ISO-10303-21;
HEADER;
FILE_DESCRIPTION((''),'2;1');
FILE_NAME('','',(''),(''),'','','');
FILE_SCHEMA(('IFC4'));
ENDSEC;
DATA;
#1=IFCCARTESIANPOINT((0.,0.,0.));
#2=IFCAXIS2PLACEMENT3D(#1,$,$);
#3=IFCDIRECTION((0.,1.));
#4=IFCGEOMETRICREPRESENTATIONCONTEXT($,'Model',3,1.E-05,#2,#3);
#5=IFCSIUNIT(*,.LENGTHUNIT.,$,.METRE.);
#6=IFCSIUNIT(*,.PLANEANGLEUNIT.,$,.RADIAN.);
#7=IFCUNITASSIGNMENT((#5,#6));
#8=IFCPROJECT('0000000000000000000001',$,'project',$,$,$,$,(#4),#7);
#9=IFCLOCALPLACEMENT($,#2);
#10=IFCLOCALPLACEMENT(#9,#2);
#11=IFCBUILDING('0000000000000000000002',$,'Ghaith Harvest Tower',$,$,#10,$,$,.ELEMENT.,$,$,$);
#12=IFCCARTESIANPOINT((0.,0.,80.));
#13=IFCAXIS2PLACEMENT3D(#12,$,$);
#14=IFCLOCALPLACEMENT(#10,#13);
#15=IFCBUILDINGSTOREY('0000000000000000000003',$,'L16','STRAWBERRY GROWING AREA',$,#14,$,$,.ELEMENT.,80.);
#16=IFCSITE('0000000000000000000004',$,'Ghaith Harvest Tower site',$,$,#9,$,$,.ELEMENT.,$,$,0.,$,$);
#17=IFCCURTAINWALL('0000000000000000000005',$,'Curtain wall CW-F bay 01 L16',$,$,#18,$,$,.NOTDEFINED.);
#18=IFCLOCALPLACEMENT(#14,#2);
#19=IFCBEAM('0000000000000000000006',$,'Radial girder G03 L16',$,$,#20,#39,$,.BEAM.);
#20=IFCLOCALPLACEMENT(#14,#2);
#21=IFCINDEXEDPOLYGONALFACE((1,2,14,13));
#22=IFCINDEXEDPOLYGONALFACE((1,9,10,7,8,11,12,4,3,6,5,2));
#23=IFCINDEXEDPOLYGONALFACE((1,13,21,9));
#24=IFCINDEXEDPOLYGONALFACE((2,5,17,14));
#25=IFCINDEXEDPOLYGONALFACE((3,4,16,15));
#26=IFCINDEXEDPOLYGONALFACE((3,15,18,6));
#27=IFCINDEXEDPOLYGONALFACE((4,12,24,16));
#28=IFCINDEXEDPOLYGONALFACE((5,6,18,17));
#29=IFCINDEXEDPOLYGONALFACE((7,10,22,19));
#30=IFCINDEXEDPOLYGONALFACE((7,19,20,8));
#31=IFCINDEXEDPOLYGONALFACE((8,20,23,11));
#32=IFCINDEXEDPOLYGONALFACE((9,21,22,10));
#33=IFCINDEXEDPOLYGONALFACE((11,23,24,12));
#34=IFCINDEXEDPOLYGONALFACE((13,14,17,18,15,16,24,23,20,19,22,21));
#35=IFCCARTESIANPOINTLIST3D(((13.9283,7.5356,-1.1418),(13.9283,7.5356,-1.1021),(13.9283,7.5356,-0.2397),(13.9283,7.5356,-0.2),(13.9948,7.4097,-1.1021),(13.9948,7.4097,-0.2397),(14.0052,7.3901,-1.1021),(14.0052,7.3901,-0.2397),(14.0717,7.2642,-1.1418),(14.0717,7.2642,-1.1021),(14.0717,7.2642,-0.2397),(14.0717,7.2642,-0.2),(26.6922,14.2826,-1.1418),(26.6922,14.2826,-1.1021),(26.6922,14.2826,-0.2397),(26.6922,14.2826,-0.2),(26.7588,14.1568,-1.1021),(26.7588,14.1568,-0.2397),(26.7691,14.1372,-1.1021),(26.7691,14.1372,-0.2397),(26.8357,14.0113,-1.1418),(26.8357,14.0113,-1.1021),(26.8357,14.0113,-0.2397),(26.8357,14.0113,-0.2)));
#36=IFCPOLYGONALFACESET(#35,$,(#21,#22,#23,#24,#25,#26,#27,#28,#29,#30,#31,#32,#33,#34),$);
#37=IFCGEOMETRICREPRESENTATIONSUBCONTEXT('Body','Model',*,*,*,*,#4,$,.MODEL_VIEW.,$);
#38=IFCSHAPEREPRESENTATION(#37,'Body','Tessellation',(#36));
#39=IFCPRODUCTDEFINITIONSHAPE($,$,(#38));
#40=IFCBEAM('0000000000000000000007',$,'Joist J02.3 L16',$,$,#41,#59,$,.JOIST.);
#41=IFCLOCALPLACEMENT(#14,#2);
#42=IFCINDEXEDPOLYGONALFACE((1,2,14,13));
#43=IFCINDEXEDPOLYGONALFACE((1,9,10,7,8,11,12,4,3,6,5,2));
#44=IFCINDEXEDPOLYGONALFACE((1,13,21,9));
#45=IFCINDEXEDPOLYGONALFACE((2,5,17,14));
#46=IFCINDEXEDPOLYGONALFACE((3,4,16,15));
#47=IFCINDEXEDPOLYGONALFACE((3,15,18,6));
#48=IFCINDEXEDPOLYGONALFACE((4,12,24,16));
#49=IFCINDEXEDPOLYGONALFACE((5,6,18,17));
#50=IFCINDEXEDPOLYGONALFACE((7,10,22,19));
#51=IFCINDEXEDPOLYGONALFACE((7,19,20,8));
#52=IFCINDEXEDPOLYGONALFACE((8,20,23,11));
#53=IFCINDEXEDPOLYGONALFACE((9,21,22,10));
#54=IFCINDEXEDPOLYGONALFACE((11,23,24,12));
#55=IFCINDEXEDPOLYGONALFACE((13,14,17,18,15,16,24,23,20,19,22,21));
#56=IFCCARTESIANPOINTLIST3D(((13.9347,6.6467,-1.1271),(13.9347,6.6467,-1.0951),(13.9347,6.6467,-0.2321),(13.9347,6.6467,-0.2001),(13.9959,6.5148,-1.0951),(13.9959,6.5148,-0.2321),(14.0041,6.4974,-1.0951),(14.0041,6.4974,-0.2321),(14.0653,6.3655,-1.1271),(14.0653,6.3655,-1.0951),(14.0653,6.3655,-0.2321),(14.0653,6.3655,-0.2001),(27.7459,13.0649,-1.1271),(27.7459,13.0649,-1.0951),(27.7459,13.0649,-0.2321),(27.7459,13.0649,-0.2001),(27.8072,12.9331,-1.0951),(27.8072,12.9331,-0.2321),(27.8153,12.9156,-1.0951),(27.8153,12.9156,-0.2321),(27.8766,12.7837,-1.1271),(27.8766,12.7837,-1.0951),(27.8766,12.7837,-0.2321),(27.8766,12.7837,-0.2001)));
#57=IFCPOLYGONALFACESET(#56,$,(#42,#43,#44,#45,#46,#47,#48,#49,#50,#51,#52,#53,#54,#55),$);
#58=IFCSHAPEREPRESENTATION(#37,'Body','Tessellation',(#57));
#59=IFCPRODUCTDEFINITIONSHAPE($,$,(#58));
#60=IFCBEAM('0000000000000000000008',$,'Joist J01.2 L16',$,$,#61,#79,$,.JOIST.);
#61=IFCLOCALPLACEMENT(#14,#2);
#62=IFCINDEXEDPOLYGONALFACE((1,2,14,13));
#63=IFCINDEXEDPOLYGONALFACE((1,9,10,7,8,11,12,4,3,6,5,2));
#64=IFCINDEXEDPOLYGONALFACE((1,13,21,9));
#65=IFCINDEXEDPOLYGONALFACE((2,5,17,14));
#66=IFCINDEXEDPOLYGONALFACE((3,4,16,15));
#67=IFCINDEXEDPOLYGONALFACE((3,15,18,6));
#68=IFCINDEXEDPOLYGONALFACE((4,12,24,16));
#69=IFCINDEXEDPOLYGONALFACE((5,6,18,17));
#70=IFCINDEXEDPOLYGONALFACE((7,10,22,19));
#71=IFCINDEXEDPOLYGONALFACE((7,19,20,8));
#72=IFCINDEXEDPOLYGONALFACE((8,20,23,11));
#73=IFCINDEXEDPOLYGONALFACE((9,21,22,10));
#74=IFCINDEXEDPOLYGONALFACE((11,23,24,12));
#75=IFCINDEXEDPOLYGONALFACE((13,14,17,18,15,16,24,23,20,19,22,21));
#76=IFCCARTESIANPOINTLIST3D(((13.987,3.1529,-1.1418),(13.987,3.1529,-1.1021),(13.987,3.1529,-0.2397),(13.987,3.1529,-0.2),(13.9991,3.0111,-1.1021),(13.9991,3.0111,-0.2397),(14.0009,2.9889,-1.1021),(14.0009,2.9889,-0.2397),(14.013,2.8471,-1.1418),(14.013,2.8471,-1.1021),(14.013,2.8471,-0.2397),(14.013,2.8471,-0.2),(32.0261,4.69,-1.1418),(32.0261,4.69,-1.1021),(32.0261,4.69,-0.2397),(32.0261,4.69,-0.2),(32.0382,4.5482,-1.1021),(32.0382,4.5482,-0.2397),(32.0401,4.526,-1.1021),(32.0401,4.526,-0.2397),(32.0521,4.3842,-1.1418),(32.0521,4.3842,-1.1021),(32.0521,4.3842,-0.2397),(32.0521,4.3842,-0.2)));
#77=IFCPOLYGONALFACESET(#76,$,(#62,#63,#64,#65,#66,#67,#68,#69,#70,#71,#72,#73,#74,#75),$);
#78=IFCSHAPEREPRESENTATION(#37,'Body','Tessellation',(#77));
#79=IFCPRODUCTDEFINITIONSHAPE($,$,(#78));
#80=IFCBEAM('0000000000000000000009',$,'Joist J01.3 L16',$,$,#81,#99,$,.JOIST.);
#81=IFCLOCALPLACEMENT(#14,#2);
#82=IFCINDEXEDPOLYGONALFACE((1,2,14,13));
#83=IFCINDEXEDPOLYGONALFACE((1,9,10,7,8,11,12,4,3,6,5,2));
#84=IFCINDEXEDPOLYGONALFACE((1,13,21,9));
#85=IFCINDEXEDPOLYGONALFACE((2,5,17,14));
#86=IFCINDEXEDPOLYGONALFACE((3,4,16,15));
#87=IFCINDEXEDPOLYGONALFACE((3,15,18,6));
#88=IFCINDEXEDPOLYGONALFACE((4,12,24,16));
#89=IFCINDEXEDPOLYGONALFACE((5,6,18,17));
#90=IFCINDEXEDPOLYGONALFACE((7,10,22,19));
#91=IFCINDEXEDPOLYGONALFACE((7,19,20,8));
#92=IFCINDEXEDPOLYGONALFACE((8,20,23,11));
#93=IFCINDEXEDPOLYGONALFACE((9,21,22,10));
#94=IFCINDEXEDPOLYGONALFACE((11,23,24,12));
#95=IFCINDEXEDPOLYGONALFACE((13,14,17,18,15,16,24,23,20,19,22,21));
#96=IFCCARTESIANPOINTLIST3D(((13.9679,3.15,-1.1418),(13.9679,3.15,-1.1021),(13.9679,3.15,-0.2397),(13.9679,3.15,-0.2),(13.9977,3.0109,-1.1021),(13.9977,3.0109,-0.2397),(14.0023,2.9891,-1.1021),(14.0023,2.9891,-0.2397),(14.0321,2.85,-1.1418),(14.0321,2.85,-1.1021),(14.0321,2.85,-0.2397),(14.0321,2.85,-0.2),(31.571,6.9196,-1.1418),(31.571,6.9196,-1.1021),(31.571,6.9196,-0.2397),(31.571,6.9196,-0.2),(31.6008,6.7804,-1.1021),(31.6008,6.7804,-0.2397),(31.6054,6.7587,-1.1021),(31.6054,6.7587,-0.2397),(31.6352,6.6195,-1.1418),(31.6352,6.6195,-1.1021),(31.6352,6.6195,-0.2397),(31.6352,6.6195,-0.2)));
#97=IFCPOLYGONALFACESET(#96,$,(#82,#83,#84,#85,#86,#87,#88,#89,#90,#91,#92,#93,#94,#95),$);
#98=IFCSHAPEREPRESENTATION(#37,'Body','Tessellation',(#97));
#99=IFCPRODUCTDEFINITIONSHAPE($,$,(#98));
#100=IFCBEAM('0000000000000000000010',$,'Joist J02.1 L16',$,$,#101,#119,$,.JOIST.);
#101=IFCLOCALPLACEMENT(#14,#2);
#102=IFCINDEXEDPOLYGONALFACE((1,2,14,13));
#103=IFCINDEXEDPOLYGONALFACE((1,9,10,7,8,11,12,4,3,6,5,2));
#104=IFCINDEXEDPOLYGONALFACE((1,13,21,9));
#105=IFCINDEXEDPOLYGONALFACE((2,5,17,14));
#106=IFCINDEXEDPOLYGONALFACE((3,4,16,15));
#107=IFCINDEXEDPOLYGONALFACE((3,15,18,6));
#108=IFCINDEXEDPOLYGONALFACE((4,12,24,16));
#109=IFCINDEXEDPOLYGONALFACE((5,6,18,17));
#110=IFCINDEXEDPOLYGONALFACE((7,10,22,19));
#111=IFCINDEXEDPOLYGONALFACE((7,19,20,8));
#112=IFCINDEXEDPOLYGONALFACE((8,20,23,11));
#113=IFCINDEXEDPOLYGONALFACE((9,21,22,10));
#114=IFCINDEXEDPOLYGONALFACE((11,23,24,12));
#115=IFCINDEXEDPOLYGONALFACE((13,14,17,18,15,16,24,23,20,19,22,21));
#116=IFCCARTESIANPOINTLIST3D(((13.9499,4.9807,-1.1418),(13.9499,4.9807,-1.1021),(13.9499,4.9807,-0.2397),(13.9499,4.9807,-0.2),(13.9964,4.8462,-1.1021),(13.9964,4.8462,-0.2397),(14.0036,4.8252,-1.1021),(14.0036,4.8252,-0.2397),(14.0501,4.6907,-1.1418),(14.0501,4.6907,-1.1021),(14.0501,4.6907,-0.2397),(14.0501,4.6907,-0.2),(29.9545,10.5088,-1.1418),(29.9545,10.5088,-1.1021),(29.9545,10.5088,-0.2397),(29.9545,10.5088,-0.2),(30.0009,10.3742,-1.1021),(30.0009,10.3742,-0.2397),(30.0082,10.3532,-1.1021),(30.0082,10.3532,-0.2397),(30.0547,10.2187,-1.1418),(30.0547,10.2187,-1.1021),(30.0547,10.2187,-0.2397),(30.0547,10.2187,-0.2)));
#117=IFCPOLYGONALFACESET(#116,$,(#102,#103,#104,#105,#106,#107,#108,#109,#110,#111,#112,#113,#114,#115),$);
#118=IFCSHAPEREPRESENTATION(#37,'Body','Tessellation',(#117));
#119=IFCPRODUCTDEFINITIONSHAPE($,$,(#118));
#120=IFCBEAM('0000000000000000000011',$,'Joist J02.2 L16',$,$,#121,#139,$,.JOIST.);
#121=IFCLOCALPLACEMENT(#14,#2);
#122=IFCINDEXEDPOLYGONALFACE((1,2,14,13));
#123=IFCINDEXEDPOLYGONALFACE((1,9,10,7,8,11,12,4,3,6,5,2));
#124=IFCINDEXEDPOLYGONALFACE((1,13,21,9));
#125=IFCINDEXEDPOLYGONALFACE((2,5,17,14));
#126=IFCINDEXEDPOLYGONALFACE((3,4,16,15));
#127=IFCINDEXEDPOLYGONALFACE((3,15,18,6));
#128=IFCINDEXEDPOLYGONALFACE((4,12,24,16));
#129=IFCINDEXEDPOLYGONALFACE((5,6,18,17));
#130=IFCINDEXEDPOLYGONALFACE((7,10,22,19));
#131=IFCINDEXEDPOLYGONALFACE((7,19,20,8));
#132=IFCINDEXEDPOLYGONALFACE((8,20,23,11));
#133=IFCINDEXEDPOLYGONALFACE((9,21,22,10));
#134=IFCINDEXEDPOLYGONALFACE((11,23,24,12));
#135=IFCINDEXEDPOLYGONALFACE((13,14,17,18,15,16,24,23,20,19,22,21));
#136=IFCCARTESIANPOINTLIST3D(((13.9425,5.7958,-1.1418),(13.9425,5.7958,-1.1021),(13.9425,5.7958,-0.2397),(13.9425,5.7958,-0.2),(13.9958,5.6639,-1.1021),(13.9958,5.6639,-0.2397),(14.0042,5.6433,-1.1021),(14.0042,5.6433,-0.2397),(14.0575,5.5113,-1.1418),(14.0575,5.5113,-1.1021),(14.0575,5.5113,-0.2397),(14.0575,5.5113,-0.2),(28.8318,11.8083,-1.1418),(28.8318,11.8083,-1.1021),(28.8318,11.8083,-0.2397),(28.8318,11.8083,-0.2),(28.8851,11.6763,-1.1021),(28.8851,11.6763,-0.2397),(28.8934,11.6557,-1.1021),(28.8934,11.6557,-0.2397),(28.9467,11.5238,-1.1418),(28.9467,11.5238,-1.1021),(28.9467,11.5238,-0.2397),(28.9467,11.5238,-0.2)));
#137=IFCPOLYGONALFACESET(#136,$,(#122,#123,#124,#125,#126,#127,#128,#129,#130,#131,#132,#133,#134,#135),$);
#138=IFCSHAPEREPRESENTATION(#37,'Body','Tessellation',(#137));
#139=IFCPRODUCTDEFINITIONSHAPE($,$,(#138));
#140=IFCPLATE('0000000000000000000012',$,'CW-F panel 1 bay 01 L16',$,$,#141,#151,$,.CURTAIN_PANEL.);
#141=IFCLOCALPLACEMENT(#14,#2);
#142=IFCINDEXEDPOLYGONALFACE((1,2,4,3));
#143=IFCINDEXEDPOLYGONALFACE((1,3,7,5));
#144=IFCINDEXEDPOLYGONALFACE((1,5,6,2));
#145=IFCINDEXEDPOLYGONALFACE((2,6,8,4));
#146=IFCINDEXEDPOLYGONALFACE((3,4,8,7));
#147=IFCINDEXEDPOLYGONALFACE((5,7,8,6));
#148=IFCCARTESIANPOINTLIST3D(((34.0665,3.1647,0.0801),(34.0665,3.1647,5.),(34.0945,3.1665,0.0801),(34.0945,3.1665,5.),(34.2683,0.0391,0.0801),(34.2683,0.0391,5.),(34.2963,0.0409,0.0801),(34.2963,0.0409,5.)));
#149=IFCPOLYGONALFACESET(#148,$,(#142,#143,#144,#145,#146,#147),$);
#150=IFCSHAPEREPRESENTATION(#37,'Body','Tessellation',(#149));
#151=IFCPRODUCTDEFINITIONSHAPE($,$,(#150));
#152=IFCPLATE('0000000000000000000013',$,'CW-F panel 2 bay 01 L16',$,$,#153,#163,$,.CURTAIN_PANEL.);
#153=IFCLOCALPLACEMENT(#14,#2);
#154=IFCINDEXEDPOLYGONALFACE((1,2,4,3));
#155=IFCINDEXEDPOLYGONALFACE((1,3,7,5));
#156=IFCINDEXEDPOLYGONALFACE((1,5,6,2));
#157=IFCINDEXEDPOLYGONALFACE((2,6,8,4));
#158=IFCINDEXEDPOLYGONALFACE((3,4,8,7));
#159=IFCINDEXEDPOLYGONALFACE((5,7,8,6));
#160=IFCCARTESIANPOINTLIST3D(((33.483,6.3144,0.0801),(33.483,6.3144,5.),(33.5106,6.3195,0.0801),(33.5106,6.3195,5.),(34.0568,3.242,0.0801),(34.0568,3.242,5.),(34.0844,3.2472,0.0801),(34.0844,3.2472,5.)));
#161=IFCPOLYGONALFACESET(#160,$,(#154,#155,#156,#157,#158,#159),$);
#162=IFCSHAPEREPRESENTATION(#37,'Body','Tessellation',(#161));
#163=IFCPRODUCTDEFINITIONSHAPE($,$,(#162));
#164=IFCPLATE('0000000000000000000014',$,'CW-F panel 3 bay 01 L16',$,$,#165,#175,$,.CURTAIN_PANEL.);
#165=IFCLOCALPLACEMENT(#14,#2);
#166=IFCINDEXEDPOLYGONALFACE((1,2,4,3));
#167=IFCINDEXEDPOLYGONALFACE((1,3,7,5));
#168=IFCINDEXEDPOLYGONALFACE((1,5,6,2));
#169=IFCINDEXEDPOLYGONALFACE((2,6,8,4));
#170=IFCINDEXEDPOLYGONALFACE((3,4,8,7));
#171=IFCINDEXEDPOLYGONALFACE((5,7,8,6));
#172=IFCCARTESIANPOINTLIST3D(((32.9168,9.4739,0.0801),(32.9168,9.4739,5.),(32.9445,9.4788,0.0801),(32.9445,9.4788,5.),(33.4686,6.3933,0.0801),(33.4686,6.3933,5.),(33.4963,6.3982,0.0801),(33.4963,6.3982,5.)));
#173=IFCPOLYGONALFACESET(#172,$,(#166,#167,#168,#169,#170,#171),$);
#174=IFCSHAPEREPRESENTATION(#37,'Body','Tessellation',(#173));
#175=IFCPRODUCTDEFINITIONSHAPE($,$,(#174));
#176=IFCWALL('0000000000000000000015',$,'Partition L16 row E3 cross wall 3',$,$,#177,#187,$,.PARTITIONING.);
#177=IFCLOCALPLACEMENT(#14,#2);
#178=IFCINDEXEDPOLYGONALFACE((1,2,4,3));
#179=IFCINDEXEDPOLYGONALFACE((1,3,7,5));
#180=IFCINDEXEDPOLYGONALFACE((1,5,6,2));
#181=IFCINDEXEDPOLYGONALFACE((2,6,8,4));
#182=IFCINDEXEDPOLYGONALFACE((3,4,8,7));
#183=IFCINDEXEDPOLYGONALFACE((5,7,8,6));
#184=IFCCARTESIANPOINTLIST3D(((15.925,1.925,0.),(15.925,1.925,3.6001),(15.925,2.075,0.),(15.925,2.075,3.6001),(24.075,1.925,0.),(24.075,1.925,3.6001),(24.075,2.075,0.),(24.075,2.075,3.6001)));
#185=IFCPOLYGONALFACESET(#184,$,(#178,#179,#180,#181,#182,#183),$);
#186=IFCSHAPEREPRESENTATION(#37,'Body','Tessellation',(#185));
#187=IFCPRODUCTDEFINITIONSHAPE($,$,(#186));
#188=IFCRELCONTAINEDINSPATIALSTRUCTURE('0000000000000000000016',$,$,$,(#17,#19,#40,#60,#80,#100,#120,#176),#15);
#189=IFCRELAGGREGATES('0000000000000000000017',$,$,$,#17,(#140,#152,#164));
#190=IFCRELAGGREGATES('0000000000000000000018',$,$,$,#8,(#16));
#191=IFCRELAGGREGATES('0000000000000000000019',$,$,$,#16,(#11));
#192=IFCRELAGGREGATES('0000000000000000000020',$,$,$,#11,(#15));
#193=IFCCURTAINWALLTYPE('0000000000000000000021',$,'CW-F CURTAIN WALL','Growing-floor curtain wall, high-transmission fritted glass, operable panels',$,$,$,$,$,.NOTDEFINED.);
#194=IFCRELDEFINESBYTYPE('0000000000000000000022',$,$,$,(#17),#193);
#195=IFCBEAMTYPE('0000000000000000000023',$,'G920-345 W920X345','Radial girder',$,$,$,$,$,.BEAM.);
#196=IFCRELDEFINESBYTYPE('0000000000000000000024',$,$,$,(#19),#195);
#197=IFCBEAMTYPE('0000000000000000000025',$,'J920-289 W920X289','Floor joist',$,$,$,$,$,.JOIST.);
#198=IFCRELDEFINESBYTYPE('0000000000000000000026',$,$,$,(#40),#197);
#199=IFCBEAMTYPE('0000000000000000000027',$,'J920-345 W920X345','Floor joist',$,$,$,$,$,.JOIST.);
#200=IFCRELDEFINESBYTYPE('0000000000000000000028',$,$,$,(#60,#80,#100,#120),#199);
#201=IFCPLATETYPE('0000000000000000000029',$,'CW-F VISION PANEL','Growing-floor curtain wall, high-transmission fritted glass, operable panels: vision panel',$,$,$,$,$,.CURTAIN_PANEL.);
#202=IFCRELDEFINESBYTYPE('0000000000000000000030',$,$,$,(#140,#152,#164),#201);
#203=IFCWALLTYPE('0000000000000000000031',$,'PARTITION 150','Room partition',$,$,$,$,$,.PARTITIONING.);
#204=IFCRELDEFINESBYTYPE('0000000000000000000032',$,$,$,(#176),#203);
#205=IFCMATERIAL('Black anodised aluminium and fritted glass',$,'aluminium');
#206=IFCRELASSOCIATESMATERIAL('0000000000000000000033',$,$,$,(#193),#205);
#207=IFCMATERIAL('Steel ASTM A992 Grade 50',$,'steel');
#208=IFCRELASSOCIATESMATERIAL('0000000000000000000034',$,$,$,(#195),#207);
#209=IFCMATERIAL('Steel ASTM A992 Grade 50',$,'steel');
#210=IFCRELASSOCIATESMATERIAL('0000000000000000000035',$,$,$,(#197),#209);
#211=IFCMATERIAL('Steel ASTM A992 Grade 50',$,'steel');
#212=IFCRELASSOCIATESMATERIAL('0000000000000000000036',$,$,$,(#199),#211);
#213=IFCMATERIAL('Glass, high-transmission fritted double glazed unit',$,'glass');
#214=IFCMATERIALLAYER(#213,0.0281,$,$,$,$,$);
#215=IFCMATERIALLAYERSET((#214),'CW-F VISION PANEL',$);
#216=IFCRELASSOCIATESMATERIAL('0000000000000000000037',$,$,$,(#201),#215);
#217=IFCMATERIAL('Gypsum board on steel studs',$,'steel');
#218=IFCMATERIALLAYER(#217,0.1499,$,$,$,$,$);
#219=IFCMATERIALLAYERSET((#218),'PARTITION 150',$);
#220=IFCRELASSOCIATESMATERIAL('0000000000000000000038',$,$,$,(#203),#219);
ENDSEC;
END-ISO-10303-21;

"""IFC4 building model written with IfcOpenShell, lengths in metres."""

from ifc_helpers import new_model, si_unit, direction, frame, frame_2d, origin, origin_2d, place, context, subcontext, project, spatial, rectangle, i_section, extrude, material, layer, layer_set, material_profile, profile_set, type_object, element, aggregate, save


model = new_model("IFC4")

# Units and contexts
model_context = context("Model", 3, precision=1e-05, world=origin(), true_north=direction((0.0, 1.0)))
body_context = subcontext(model_context, "Body", "Model", "MODEL_VIEW")
ifc_project = project(units=[si_unit("LENGTHUNIT", "METRE"), si_unit("PLANEANGLEUNIT", "RADIAN")], contexts=[model_context])

# Site, building, storey
site_placement = place(None, origin())
site = spatial("IfcSite", under=ifc_project, at=site_placement, Name="Ghaith Harvest Tower site", CompositionType="ELEMENT", RefElevation=0.0)
building_placement = place(site_placement, origin())
building = spatial("IfcBuilding", under=site, at=building_placement, Name="Ghaith Harvest Tower", CompositionType="ELEMENT")
storey_placement = place(building_placement, frame((0.0, 0.0, 80.0)))
storey = spatial("IfcBuildingStorey", under=building, at=storey_placement, Name="L16", Description="STRAWBERRY GROWING AREA", CompositionType="ELEMENT", Elevation=80.0)

# Curtain wall
ifc_material_1 = material(Name="Black anodised aluminium and fritted glass", Category="aluminium")
curtain_wall_type = type_object("IfcCurtainWallType", Name="CW-F CURTAIN WALL", Description="Growing-floor curtain wall, high-transmission fritted glass, operable panels", PredefinedType="NOTDEFINED", material=ifc_material_1)
curtain_wall_placement = place(storey_placement, origin())
curtain_wall = element("IfcCurtainWall", 1, at=curtain_wall_placement, inside=storey, type_object=curtain_wall_type, Name="Curtain wall CW-F bay 01 L16", PredefinedType="NOTDEFINED")

# Beams
ifc_material_2 = material(Name="Steel ASTM A992 Grade 50", Category="steel")
ifc_material_profile_1 = material_profile(ifc_material_2, i_section(OverallWidth=0.3069, OverallDepth=0.9419, WebThickness=0.0222, FlangeThickness=0.0398, at=origin_2d()), Name="W920X345")
ifc_profile_set_1 = profile_set([ifc_material_profile_1], Name="Steel ASTM A992 Grade 50")
beam_type_1 = type_object("IfcBeamType", Name="G920-345 W920X345", Description="Radial girder", PredefinedType="BEAM", material=ifc_profile_set_1)
beam_1_placement = place(storey_placement, frame((14.0, 7.3999, -0.6709), z_axis=(0.884083, 0.467331, 0.0), x_axis=(-0.467331, 0.884083, 0.0)))
element("IfcBeam", 2, at=beam_1_placement, inside=storey, type_object=beam_type_1, Name="Radial girder G03 L16", PredefinedType="BEAM", context=body_context, shape_type="SweptSolid", body=[
    extrude(i_section(OverallWidth=0.3069, OverallDepth=0.9419, WebThickness=0.0222, FlangeThickness=0.0398, at=origin_2d()), origin(), (0.0, 0.0, 1.0), 14.4375),
])
ifc_material_3 = material(Name="Steel ASTM A992 Grade 50", Category="steel")
ifc_material_profile_2 = material_profile(ifc_material_3, i_section(OverallWidth=0.3101, OverallDepth=0.927, WebThickness=0.0193, FlangeThickness=0.032, at=origin_2d()), Name="W920X289")
ifc_profile_set_2 = profile_set([ifc_material_profile_2], Name="Steel ASTM A992 Grade 50")
beam_type_2 = type_object("IfcBeamType", Name="J920-289 W920X289", Description="Floor joist", PredefinedType="JOIST", material=ifc_profile_set_2)
beam_2_placement = place(storey_placement, frame((14.0, 6.5061, -0.6636), z_axis=(0.906863, 0.421426, 0.0), x_axis=(-0.421426, 0.906863, 0.0)))
element("IfcBeam", 3, at=beam_2_placement, inside=storey, type_object=beam_type_2, Name="Joist J02.3 L16", PredefinedType="JOIST", context=body_context, shape_type="SweptSolid", body=[
    extrude(i_section(OverallWidth=0.3101, OverallDepth=0.927, WebThickness=0.0193, FlangeThickness=0.032, at=origin_2d()), origin(), (0.0, 0.0, 1.0), 15.2297),
])
ifc_material_4 = material(Name="Steel ASTM A992 Grade 50", Category="steel")
ifc_material_profile_3 = material_profile(ifc_material_4, i_section(OverallWidth=0.3069, OverallDepth=0.9419, WebThickness=0.0222, FlangeThickness=0.0398, at=origin_2d()), Name="W920X345")
ifc_profile_set_3 = profile_set([ifc_material_profile_3], Name="Steel ASTM A992 Grade 50")
beam_type_3 = type_object("IfcBeamType", Name="J920-345 W920X345", Description="Floor joist", PredefinedType="JOIST", material=ifc_profile_set_3)
beam_3_placement = place(storey_placement, frame((14.0, 3.0, -0.6709), z_axis=(0.996389, 0.084902, 0.0), x_axis=(-0.084902, 0.996389, 0.0)))
element("IfcBeam", 4, at=beam_3_placement, inside=storey, type_object=beam_type_3, Name="Joist J01.2 L16", PredefinedType="JOIST", context=body_context, shape_type="SweptSolid", body=[
    extrude(i_section(OverallWidth=0.3069, OverallDepth=0.9419, WebThickness=0.0222, FlangeThickness=0.0398, at=origin_2d()), origin(), (0.0, 0.0, 1.0), 18.1045),
])
beam_4_placement = place(storey_placement, frame((14.0, 3.0, -0.6709), z_axis=(0.977831, 0.209394, 0.0), x_axis=(-0.209394, 0.977831, 0.0)))
element("IfcBeam", 5, at=beam_4_placement, inside=storey, type_object=beam_type_3, Name="Joist J01.3 L16", PredefinedType="JOIST", context=body_context, shape_type="SweptSolid", body=[
    extrude(i_section(OverallWidth=0.3069, OverallDepth=0.9419, WebThickness=0.0222, FlangeThickness=0.0398, at=origin_2d()), origin(), (0.0, 0.0, 1.0), 18.0022),
])
beam_5_placement = place(storey_placement, frame((14.0, 4.8357, -0.6709), z_axis=(0.945205, 0.326478, 0.0), x_axis=(-0.326478, 0.945205, 0.0)))
element("IfcBeam", 6, at=beam_5_placement, inside=storey, type_object=beam_type_3, Name="Joist J02.1 L16", PredefinedType="JOIST", context=body_context, shape_type="SweptSolid", body=[
    extrude(i_section(OverallWidth=0.3069, OverallDepth=0.9419, WebThickness=0.0222, FlangeThickness=0.0398, at=origin_2d()), origin(), (0.0, 0.0, 1.0), 16.9324),
])
beam_6_placement = place(storey_placement, frame((14.0, 5.6536, -0.6709), z_axis=(0.927252, 0.374437, 0.0), x_axis=(-0.374437, 0.927252, 0.0)))
element("IfcBeam", 7, at=beam_6_placement, inside=storey, type_object=beam_type_3, Name="Joist J02.2 L16", PredefinedType="JOIST", context=body_context, shape_type="SweptSolid", body=[
    extrude(i_section(OverallWidth=0.3069, OverallDepth=0.9419, WebThickness=0.0222, FlangeThickness=0.0398, at=origin_2d()), origin(), (0.0, 0.0, 1.0), 16.0574),
])

# Plates
ifc_material_5 = material(Name="Glass, high-transmission fritted double glazed unit", Category="glass")
ifc_layer_1 = layer(ifc_material_5, 0.0281)
ifc_layer_set_1 = layer_set([ifc_layer_1], Name="CW-F VISION PANEL")
plate_type = type_object("IfcPlateType", Name="CW-F VISION PANEL", Description="Growing-floor curtain wall, high-transmission fritted glass, operable panels: vision panel", PredefinedType="CURTAIN_PANEL", material=ifc_layer_set_1)
plate_1_placement = place(storey_placement, frame((34.1814, 1.6028, 0.0801), z_axis=(0.0, 0.0, 1.0), x_axis=(-0.064446, 0.997921, 0.0)))
plate_1 = element("IfcPlate", 8, at=plate_1_placement, type_object=plate_type, Name="CW-F panel 1 bay 01 L16", PredefinedType="CURTAIN_PANEL", context=body_context, shape_type="SweptSolid", body=[
    extrude(rectangle(XDim=3.1321, YDim=0.0281, at=origin_2d()), origin(), (0.0, 0.0, 1.0), 4.9199),
])
plate_2_placement = place(storey_placement, frame((33.7837, 4.7808, 0.0801), z_axis=(0.0, 0.0, 1.0), x_axis=(-0.183569, 0.983007, 0.0)))
plate_2 = element("IfcPlate", 9, at=plate_2_placement, type_object=plate_type, Name="CW-F panel 2 bay 01 L16", PredefinedType="CURTAIN_PANEL", context=body_context, shape_type="SweptSolid", body=[
    extrude(rectangle(XDim=3.1255, YDim=0.0281, at=origin_2d()), origin(), (0.0, 0.0, 1.0), 4.9199),
])
plate_3_placement = place(storey_placement, frame((33.2065, 7.936, 0.0801), z_axis=(0.0, 0.0, 1.0), x_axis=(-0.17632, 0.984333, 0.0)))
plate_3 = element("IfcPlate", 10, at=plate_3_placement, type_object=plate_type, Name="CW-F panel 3 bay 01 L16", PredefinedType="CURTAIN_PANEL", context=body_context, shape_type="SweptSolid", body=[
    extrude(rectangle(XDim=3.1296, YDim=0.0281, at=origin_2d()), origin(), (0.0, 0.0, 1.0), 4.9199),
])
aggregate(curtain_wall, [plate_1, plate_2, plate_3])

# Wall
ifc_material_6 = material(Name="Gypsum board on steel studs", Category="steel")
ifc_layer_2 = layer(ifc_material_6, 0.1499)
ifc_layer_set_2 = layer_set([ifc_layer_2], Name="PARTITION 150")
wall_type_1 = type_object("IfcWallType", Name="PARTITION 150", Description="Room partition", PredefinedType="PARTITIONING", material=ifc_layer_set_2)
wall_1_placement = place(storey_placement, frame((15.925, 2.0, 0.0), z_axis=(0.0, 0.0, 1.0), x_axis=(1.0, 0.0, 0.0)))
element("IfcWall", 11, at=wall_1_placement, inside=storey, type_object=wall_type_1, Name="Partition L16 row E3 cross wall 3", PredefinedType="PARTITIONING", context=body_context, shape_type="SweptSolid", body=[
    extrude(rectangle(XDim=8.1499, YDim=0.1499, at=frame_2d((4.075, 0.0))), origin(), (0.0, 0.0, 1.0), 3.6001),
])

save(model, "model.ifc")
